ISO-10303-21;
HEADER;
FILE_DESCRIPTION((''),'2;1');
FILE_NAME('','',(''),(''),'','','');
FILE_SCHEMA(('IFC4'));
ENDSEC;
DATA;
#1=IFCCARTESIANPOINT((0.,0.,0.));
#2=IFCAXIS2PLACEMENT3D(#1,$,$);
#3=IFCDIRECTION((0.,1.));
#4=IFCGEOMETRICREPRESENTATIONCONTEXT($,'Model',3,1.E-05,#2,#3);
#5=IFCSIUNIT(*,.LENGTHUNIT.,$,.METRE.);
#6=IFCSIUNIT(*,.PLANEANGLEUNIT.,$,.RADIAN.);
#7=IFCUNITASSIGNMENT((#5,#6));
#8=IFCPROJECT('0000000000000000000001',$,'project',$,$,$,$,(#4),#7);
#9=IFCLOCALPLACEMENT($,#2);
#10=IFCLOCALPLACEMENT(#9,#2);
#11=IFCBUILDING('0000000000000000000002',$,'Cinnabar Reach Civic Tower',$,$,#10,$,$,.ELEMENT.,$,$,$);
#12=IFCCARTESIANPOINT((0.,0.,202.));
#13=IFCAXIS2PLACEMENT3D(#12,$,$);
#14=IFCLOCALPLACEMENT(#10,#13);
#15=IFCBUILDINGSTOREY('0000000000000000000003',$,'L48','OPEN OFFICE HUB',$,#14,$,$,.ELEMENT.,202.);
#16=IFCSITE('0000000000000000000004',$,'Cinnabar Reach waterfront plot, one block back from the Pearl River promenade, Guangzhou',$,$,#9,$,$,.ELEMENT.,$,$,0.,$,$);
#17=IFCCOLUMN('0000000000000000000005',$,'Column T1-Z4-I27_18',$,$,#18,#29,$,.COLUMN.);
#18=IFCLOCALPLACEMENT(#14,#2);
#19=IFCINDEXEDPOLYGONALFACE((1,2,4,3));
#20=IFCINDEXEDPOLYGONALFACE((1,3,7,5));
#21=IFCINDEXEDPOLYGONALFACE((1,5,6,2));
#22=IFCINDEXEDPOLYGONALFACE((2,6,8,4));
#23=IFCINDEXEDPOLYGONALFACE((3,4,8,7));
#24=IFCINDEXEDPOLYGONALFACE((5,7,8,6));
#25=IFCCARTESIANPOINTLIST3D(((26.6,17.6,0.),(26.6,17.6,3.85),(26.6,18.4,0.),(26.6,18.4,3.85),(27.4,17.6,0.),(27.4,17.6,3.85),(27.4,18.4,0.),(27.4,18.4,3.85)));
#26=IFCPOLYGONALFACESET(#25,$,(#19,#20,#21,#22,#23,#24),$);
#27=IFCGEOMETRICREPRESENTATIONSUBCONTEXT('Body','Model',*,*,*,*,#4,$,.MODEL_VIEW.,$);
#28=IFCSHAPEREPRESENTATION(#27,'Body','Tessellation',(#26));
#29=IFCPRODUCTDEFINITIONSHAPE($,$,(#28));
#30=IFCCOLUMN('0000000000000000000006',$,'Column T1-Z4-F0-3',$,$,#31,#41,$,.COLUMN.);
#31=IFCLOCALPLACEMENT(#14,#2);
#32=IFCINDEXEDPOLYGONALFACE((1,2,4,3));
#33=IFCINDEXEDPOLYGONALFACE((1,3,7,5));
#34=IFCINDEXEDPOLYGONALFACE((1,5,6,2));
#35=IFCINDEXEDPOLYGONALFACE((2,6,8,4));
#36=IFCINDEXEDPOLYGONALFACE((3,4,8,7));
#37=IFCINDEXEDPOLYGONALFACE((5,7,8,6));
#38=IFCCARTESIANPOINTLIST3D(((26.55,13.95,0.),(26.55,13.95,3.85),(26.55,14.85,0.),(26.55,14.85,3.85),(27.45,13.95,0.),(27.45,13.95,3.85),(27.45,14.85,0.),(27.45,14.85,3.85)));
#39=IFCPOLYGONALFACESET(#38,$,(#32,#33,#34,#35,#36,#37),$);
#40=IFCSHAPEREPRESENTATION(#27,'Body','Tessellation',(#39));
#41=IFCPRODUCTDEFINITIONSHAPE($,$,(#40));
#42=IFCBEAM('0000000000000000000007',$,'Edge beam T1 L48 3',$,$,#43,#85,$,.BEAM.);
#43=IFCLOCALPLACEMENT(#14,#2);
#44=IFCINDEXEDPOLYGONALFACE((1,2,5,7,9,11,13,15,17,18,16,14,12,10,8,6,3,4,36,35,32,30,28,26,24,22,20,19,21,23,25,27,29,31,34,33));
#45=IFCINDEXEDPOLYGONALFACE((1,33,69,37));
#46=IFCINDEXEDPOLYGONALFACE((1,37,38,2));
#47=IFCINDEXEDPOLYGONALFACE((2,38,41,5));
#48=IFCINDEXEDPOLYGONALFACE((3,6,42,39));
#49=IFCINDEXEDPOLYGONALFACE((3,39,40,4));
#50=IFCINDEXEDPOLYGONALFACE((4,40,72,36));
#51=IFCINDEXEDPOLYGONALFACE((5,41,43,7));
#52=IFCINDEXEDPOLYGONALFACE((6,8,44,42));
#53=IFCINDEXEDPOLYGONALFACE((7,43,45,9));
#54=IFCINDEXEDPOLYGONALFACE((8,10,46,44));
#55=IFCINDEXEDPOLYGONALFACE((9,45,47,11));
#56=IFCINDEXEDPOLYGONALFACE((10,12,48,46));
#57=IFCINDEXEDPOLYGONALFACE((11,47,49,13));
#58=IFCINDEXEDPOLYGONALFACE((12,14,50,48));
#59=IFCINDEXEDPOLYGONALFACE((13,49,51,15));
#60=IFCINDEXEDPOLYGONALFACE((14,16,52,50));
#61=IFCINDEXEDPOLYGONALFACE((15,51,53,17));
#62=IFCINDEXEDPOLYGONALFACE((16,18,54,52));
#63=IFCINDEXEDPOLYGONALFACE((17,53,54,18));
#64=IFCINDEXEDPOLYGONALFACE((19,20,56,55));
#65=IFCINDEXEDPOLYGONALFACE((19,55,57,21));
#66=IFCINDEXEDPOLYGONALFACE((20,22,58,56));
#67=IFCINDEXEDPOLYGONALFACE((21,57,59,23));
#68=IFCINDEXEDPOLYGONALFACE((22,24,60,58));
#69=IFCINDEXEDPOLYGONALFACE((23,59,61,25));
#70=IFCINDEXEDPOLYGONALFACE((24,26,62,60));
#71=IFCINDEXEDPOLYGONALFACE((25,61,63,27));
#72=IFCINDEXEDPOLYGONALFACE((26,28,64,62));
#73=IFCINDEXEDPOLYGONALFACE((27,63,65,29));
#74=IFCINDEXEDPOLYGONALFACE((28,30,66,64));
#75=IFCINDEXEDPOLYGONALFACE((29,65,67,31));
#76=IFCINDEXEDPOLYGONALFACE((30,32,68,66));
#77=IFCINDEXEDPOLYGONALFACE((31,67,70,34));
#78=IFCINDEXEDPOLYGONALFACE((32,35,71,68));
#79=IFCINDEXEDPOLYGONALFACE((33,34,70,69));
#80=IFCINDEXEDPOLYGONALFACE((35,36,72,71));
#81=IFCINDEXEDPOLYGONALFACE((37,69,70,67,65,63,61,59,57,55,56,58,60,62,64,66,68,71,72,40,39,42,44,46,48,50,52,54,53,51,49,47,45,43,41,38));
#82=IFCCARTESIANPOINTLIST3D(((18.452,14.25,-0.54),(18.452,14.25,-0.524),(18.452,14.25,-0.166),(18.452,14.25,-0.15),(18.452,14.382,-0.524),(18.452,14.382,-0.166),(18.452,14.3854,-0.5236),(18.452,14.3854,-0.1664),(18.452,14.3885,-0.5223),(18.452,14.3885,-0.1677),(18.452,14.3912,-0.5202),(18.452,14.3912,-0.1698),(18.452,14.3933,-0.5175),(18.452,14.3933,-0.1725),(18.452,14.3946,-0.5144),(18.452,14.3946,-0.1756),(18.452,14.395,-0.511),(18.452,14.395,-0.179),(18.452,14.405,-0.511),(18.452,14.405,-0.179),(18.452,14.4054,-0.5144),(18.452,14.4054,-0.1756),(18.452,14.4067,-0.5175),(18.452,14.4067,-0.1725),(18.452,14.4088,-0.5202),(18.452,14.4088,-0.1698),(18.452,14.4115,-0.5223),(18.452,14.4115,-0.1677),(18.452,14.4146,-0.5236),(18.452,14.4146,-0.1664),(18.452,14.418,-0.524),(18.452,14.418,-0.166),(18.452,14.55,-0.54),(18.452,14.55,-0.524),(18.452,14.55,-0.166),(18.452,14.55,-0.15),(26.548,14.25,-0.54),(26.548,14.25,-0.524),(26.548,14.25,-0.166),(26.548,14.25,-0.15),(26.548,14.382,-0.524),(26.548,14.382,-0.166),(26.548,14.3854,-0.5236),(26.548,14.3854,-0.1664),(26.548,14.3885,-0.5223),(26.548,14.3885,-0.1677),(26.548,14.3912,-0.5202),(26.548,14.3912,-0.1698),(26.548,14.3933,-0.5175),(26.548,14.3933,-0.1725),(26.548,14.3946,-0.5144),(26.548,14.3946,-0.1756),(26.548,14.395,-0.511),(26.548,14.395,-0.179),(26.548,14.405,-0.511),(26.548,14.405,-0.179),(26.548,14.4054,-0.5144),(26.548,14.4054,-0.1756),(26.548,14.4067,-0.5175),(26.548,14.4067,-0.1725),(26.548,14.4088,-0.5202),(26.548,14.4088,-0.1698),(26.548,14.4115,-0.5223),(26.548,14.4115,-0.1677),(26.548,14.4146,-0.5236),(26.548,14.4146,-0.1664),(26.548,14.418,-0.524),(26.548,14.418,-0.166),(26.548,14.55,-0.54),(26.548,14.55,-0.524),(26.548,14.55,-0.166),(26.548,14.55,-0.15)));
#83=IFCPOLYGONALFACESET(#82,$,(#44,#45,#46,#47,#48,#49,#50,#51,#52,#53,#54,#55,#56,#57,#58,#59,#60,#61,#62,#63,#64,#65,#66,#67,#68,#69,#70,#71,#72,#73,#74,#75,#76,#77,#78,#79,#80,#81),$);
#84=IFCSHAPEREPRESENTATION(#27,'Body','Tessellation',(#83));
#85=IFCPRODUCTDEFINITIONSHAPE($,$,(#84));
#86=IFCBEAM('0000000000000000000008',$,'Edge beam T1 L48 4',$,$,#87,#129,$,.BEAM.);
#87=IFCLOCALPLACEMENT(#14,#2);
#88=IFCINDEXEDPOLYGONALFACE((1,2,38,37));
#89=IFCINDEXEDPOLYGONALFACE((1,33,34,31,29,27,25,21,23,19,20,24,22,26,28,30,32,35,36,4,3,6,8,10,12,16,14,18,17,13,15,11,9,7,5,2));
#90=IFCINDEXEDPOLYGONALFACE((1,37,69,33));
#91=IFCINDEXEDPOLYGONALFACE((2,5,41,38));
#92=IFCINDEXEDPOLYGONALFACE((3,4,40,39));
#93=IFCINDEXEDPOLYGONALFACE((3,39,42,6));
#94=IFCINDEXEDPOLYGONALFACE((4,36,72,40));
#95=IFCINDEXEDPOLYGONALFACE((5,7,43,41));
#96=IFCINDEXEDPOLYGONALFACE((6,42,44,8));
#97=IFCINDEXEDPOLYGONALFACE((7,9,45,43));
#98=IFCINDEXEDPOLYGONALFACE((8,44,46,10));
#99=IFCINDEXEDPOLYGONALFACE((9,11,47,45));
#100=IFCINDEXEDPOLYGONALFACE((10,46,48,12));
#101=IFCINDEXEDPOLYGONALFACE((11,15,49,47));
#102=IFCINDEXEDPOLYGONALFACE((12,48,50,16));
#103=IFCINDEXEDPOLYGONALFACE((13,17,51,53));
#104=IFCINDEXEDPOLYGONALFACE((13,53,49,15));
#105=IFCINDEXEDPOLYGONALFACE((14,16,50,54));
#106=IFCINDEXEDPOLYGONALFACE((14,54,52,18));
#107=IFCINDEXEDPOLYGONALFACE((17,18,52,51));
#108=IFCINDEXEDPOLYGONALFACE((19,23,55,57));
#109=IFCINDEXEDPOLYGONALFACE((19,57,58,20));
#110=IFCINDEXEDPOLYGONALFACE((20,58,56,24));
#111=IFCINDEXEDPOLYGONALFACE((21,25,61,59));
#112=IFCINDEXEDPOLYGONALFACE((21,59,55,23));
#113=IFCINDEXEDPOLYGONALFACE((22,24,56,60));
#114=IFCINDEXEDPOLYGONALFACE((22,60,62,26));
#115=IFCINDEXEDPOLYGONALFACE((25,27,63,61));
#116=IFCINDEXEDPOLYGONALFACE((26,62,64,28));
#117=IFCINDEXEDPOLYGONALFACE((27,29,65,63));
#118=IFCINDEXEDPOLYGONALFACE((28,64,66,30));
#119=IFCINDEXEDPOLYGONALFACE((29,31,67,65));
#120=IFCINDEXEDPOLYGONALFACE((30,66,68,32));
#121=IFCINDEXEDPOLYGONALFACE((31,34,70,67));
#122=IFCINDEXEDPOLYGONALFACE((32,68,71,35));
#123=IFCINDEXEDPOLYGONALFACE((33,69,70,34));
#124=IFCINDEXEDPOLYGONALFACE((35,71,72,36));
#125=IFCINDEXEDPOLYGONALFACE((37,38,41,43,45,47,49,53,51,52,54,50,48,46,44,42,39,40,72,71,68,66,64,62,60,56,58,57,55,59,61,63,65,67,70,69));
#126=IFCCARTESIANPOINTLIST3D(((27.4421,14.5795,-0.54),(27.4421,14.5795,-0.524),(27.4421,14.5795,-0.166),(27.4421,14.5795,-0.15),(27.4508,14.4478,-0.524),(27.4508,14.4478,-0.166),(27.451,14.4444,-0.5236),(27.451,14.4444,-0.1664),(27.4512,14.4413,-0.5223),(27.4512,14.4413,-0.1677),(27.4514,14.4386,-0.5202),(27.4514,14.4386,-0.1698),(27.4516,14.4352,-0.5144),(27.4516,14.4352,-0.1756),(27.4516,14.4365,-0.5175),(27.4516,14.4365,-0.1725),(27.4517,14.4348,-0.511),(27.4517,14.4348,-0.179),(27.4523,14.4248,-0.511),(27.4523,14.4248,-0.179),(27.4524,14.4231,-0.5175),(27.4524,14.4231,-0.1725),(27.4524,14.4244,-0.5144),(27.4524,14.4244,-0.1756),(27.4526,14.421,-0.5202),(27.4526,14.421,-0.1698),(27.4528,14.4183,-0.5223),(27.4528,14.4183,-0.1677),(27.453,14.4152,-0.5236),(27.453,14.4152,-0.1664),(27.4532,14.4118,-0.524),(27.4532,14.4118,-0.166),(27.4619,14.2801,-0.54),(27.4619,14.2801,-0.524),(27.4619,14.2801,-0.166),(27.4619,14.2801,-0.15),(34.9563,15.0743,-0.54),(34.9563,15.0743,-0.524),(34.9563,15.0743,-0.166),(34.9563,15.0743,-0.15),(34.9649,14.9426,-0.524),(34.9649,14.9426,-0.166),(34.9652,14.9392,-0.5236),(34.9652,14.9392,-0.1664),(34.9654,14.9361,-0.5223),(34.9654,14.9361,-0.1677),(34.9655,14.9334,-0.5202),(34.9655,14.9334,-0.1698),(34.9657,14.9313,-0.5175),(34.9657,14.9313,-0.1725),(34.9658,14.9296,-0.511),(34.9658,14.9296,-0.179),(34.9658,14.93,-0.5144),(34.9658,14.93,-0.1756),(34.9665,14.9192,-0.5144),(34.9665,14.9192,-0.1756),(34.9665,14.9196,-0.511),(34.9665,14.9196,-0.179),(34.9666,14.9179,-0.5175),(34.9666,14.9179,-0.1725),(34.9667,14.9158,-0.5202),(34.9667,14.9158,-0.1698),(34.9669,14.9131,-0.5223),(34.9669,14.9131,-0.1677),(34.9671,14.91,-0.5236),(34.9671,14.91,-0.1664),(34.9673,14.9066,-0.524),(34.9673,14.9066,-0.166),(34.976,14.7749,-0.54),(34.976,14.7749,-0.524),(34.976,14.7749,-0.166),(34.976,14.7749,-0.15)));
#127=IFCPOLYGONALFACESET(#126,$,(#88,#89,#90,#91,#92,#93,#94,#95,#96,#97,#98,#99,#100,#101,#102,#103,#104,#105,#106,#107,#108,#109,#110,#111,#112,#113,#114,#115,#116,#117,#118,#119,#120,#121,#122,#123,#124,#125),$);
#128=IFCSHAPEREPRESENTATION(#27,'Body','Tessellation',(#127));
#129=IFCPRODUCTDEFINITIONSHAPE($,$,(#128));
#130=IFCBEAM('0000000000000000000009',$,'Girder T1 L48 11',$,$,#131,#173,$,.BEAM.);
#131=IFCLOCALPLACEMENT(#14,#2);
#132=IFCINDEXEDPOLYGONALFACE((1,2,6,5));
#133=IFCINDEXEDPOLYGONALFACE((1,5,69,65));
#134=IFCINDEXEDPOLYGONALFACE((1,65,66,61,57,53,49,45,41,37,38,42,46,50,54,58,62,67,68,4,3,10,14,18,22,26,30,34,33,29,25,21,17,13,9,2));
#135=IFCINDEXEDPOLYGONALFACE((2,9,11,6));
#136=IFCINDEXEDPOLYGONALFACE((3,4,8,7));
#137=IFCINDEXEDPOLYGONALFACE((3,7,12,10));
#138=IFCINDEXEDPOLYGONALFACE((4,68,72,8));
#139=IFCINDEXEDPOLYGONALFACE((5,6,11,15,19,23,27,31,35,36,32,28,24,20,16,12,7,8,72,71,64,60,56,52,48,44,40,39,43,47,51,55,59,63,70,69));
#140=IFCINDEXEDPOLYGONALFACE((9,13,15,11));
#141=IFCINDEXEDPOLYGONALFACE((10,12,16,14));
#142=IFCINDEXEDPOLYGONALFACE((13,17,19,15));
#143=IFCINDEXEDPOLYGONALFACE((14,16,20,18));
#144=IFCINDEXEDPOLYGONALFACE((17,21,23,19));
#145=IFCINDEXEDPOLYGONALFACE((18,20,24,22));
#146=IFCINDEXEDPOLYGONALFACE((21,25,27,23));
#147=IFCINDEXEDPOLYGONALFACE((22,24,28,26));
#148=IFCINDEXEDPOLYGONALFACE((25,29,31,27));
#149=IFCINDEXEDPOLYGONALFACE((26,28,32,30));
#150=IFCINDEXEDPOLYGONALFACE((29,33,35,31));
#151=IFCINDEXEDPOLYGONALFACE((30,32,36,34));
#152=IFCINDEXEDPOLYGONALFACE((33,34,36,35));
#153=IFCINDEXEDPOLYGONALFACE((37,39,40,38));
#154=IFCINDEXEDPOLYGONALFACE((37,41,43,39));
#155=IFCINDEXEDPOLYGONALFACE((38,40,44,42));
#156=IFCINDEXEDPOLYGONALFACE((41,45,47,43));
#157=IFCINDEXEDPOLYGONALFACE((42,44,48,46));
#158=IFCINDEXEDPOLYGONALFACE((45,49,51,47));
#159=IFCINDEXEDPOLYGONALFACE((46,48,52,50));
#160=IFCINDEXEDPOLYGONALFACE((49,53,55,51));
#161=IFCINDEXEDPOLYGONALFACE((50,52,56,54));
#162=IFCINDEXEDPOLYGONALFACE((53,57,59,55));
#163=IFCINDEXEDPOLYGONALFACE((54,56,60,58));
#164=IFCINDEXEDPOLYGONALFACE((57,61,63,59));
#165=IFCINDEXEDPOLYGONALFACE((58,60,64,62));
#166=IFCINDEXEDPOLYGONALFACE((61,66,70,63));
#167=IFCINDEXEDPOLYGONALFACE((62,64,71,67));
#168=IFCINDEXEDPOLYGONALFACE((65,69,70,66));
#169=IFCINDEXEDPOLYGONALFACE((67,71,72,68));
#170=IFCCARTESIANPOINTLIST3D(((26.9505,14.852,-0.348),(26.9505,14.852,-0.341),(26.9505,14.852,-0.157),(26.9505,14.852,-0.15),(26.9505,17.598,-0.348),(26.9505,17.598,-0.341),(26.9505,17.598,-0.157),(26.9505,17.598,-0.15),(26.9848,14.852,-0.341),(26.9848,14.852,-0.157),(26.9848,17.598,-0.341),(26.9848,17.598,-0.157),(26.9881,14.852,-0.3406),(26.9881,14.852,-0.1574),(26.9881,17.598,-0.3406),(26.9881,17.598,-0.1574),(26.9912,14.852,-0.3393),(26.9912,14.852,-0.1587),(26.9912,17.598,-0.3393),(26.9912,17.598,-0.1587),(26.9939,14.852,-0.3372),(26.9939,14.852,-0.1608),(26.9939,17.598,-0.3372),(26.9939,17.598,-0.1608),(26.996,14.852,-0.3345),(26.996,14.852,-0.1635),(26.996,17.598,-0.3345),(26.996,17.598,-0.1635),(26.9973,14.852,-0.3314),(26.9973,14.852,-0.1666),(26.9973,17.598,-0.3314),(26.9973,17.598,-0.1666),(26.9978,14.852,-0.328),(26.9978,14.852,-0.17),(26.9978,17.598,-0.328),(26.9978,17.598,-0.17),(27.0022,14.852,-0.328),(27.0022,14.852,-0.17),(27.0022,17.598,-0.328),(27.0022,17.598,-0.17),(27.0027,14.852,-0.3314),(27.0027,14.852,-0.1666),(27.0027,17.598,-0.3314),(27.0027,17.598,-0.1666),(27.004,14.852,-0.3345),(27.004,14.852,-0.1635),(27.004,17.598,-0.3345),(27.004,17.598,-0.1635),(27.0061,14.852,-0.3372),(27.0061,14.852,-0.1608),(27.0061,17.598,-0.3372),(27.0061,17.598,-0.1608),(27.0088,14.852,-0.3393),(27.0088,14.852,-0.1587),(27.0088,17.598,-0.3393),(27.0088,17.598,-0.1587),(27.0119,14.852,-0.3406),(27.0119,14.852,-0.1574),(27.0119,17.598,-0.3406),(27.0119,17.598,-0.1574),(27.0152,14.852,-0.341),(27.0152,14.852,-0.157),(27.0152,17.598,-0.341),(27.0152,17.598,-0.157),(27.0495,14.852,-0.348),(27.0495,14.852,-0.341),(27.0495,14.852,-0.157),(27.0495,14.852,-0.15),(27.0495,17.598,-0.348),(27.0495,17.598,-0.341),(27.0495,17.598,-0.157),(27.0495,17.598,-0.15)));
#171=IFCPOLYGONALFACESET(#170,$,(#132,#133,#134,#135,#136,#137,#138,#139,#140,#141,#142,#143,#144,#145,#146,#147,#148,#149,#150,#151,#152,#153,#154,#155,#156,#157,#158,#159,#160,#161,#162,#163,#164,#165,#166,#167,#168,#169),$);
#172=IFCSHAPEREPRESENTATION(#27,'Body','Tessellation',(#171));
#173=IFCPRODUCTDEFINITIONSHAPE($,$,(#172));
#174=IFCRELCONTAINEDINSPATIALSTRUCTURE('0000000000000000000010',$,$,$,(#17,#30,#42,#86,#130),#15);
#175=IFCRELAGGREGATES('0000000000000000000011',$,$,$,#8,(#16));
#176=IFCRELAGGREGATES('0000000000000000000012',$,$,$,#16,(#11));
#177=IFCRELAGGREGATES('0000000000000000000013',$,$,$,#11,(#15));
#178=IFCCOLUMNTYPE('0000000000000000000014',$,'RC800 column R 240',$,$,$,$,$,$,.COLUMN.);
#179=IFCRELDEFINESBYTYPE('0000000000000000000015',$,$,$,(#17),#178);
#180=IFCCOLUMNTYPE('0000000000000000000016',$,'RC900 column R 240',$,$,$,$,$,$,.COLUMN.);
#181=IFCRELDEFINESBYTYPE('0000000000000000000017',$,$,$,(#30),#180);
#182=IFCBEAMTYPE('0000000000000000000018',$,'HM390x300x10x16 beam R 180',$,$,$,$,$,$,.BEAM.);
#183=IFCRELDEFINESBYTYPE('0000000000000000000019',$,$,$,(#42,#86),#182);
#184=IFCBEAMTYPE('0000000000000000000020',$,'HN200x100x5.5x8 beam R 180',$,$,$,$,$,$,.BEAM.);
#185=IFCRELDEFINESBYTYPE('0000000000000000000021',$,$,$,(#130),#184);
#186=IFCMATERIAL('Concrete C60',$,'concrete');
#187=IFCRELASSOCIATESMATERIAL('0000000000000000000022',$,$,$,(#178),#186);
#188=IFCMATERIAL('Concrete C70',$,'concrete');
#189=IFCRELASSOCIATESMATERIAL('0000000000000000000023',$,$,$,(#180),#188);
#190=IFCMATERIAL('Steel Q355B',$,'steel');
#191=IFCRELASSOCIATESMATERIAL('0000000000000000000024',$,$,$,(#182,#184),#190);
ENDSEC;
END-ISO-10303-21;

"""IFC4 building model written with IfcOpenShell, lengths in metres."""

from ifc_helpers import new_model, si_unit, direction, frame, origin, origin_2d, place, context, subcontext, project, spatial, rectangle, i_section, extrude, material, material_profile, profile_set, type_object, element, save


model = new_model("IFC4")

# Units and contexts
model_context = context("Model", 3, precision=1e-05, world=origin(), true_north=direction((0.0, 1.0)))
body_context = subcontext(model_context, "Body", "Model", "MODEL_VIEW")
ifc_project = project(units=[si_unit("LENGTHUNIT", "METRE"), si_unit("PLANEANGLEUNIT", "RADIAN")], contexts=[model_context])

# Site, building, storey
site_placement = place(None, origin())
site = spatial("IfcSite", under=ifc_project, at=site_placement, Name="Cinnabar Reach waterfront plot, one block back from the Pearl River promenade, Guangzhou", CompositionType="ELEMENT", RefElevation=0.0)
building_placement = place(site_placement, origin())
building = spatial("IfcBuilding", under=site, at=building_placement, Name="Cinnabar Reach Civic Tower", CompositionType="ELEMENT")
storey_placement = place(building_placement, frame((0.0, 0.0, 202.0)))
storey = spatial("IfcBuildingStorey", under=building, at=storey_placement, Name="L48", Description="OPEN OFFICE HUB", CompositionType="ELEMENT", Elevation=202.0)

# Columns
ifc_material_1 = material(Name="Concrete C60", Category="concrete")
ifc_material_profile_1 = material_profile(ifc_material_1, rectangle(XDim=0.8, YDim=0.8, at=origin_2d()), Name="RC800")
ifc_profile_set_1 = profile_set([ifc_material_profile_1], Name="Concrete C60")
column_type_1 = type_object("IfcColumnType", Name="RC800 column R 240", PredefinedType="COLUMN", material=ifc_profile_set_1)
column_1_placement = place(storey_placement, frame((27.0, 18.0, 0.0), z_axis=(0.0, 0.0, 1.0), x_axis=(1.0, 0.0, 0.0)))
element("IfcColumn", 1, at=column_1_placement, inside=storey, type_object=column_type_1, Name="Column T1-Z4-I27_18", PredefinedType="COLUMN", context=body_context, shape_type="SweptSolid", body=[
    extrude(rectangle(XDim=0.8, YDim=0.8, at=origin_2d()), origin(), (0.0, 0.0, 1.0), 3.85),
])
ifc_material_2 = material(Name="Concrete C70", Category="concrete")
ifc_material_profile_2 = material_profile(ifc_material_2, rectangle(XDim=0.9, YDim=0.9, at=origin_2d()), Name="RC900")
ifc_profile_set_2 = profile_set([ifc_material_profile_2], Name="Concrete C70")
column_type_2 = type_object("IfcColumnType", Name="RC900 column R 240", PredefinedType="COLUMN", material=ifc_profile_set_2)
column_2_placement = place(storey_placement, frame((27.0, 14.4, 0.0), z_axis=(0.0, 0.0, 1.0), x_axis=(1.0, 0.0, 0.0)))
element("IfcColumn", 2, at=column_2_placement, inside=storey, type_object=column_type_2, Name="Column T1-Z4-F0-3", PredefinedType="COLUMN", context=body_context, shape_type="SweptSolid", body=[
    extrude(rectangle(XDim=0.9, YDim=0.9, at=origin_2d()), origin(), (0.0, 0.0, 1.0), 3.85),
])

# Beams
ifc_material_3 = material(Name="Steel Q355B", Category="steel")
ifc_material_profile_3 = material_profile(ifc_material_3, i_section(OverallWidth=0.3, OverallDepth=0.39, WebThickness=0.01, FlangeThickness=0.016, FilletRadius=0.013, at=origin_2d()), Name="HM390x300x10x16")
ifc_profile_set_3 = profile_set([ifc_material_profile_3], Name="Steel Q355B")
beam_type_1 = type_object("IfcBeamType", Name="HM390x300x10x16 beam R 180", PredefinedType="BEAM", material=ifc_profile_set_3)
beam_1_placement = place(storey_placement, frame((18.452, 14.4, -0.345), z_axis=(1.0, 0.0, 0.0), x_axis=(0.0, 1.0, 0.0)))
element("IfcBeam", 3, at=beam_1_placement, inside=storey, type_object=beam_type_1, Name="Edge beam T1 L48 3", PredefinedType="BEAM", context=body_context, shape_type="SweptSolid", body=[
    extrude(i_section(OverallWidth=0.3, OverallDepth=0.39, WebThickness=0.01, FlangeThickness=0.016, FilletRadius=0.013, at=origin_2d()), origin(), (0.0, 0.0, 1.0), 8.096),
])
beam_2_placement = place(storey_placement, frame((27.452, 14.4298, -0.345), z_axis=(0.997839, 0.065707, 0.0), x_axis=(-0.065707, 0.997839, 0.0)))
element("IfcBeam", 4, at=beam_2_placement, inside=storey, type_object=beam_type_1, Name="Edge beam T1 L48 4", PredefinedType="BEAM", context=body_context, shape_type="SweptSolid", body=[
    extrude(i_section(OverallWidth=0.3, OverallDepth=0.39, WebThickness=0.01, FlangeThickness=0.016, FilletRadius=0.013, at=origin_2d()), origin(), (0.0, 0.0, 1.0), 7.5304),
])
ifc_material_profile_4 = material_profile(ifc_material_3, i_section(OverallWidth=0.099, OverallDepth=0.198, WebThickness=0.0045, FlangeThickness=0.007, FilletRadius=0.013, at=origin_2d()), Name="HN200x100x5.5x8")
ifc_profile_set_4 = profile_set([ifc_material_profile_4], Name="Steel Q355B")
beam_type_2 = type_object("IfcBeamType", Name="HN200x100x5.5x8 beam R 180", PredefinedType="BEAM", material=ifc_profile_set_4)
beam_3_placement = place(storey_placement, frame((27.0, 14.852, -0.249), z_axis=(0.0, 1.0, 0.0), x_axis=(-1.0, 0.0, 0.0)))
element("IfcBeam", 5, at=beam_3_placement, inside=storey, type_object=beam_type_2, Name="Girder T1 L48 11", PredefinedType="BEAM", context=body_context, shape_type="SweptSolid", body=[
    extrude(i_section(OverallWidth=0.099, OverallDepth=0.198, WebThickness=0.0045, FlangeThickness=0.007, FilletRadius=0.013, at=origin_2d()), origin(), (0.0, 0.0, 1.0), 2.746),
])

save(model, "model.ifc")
